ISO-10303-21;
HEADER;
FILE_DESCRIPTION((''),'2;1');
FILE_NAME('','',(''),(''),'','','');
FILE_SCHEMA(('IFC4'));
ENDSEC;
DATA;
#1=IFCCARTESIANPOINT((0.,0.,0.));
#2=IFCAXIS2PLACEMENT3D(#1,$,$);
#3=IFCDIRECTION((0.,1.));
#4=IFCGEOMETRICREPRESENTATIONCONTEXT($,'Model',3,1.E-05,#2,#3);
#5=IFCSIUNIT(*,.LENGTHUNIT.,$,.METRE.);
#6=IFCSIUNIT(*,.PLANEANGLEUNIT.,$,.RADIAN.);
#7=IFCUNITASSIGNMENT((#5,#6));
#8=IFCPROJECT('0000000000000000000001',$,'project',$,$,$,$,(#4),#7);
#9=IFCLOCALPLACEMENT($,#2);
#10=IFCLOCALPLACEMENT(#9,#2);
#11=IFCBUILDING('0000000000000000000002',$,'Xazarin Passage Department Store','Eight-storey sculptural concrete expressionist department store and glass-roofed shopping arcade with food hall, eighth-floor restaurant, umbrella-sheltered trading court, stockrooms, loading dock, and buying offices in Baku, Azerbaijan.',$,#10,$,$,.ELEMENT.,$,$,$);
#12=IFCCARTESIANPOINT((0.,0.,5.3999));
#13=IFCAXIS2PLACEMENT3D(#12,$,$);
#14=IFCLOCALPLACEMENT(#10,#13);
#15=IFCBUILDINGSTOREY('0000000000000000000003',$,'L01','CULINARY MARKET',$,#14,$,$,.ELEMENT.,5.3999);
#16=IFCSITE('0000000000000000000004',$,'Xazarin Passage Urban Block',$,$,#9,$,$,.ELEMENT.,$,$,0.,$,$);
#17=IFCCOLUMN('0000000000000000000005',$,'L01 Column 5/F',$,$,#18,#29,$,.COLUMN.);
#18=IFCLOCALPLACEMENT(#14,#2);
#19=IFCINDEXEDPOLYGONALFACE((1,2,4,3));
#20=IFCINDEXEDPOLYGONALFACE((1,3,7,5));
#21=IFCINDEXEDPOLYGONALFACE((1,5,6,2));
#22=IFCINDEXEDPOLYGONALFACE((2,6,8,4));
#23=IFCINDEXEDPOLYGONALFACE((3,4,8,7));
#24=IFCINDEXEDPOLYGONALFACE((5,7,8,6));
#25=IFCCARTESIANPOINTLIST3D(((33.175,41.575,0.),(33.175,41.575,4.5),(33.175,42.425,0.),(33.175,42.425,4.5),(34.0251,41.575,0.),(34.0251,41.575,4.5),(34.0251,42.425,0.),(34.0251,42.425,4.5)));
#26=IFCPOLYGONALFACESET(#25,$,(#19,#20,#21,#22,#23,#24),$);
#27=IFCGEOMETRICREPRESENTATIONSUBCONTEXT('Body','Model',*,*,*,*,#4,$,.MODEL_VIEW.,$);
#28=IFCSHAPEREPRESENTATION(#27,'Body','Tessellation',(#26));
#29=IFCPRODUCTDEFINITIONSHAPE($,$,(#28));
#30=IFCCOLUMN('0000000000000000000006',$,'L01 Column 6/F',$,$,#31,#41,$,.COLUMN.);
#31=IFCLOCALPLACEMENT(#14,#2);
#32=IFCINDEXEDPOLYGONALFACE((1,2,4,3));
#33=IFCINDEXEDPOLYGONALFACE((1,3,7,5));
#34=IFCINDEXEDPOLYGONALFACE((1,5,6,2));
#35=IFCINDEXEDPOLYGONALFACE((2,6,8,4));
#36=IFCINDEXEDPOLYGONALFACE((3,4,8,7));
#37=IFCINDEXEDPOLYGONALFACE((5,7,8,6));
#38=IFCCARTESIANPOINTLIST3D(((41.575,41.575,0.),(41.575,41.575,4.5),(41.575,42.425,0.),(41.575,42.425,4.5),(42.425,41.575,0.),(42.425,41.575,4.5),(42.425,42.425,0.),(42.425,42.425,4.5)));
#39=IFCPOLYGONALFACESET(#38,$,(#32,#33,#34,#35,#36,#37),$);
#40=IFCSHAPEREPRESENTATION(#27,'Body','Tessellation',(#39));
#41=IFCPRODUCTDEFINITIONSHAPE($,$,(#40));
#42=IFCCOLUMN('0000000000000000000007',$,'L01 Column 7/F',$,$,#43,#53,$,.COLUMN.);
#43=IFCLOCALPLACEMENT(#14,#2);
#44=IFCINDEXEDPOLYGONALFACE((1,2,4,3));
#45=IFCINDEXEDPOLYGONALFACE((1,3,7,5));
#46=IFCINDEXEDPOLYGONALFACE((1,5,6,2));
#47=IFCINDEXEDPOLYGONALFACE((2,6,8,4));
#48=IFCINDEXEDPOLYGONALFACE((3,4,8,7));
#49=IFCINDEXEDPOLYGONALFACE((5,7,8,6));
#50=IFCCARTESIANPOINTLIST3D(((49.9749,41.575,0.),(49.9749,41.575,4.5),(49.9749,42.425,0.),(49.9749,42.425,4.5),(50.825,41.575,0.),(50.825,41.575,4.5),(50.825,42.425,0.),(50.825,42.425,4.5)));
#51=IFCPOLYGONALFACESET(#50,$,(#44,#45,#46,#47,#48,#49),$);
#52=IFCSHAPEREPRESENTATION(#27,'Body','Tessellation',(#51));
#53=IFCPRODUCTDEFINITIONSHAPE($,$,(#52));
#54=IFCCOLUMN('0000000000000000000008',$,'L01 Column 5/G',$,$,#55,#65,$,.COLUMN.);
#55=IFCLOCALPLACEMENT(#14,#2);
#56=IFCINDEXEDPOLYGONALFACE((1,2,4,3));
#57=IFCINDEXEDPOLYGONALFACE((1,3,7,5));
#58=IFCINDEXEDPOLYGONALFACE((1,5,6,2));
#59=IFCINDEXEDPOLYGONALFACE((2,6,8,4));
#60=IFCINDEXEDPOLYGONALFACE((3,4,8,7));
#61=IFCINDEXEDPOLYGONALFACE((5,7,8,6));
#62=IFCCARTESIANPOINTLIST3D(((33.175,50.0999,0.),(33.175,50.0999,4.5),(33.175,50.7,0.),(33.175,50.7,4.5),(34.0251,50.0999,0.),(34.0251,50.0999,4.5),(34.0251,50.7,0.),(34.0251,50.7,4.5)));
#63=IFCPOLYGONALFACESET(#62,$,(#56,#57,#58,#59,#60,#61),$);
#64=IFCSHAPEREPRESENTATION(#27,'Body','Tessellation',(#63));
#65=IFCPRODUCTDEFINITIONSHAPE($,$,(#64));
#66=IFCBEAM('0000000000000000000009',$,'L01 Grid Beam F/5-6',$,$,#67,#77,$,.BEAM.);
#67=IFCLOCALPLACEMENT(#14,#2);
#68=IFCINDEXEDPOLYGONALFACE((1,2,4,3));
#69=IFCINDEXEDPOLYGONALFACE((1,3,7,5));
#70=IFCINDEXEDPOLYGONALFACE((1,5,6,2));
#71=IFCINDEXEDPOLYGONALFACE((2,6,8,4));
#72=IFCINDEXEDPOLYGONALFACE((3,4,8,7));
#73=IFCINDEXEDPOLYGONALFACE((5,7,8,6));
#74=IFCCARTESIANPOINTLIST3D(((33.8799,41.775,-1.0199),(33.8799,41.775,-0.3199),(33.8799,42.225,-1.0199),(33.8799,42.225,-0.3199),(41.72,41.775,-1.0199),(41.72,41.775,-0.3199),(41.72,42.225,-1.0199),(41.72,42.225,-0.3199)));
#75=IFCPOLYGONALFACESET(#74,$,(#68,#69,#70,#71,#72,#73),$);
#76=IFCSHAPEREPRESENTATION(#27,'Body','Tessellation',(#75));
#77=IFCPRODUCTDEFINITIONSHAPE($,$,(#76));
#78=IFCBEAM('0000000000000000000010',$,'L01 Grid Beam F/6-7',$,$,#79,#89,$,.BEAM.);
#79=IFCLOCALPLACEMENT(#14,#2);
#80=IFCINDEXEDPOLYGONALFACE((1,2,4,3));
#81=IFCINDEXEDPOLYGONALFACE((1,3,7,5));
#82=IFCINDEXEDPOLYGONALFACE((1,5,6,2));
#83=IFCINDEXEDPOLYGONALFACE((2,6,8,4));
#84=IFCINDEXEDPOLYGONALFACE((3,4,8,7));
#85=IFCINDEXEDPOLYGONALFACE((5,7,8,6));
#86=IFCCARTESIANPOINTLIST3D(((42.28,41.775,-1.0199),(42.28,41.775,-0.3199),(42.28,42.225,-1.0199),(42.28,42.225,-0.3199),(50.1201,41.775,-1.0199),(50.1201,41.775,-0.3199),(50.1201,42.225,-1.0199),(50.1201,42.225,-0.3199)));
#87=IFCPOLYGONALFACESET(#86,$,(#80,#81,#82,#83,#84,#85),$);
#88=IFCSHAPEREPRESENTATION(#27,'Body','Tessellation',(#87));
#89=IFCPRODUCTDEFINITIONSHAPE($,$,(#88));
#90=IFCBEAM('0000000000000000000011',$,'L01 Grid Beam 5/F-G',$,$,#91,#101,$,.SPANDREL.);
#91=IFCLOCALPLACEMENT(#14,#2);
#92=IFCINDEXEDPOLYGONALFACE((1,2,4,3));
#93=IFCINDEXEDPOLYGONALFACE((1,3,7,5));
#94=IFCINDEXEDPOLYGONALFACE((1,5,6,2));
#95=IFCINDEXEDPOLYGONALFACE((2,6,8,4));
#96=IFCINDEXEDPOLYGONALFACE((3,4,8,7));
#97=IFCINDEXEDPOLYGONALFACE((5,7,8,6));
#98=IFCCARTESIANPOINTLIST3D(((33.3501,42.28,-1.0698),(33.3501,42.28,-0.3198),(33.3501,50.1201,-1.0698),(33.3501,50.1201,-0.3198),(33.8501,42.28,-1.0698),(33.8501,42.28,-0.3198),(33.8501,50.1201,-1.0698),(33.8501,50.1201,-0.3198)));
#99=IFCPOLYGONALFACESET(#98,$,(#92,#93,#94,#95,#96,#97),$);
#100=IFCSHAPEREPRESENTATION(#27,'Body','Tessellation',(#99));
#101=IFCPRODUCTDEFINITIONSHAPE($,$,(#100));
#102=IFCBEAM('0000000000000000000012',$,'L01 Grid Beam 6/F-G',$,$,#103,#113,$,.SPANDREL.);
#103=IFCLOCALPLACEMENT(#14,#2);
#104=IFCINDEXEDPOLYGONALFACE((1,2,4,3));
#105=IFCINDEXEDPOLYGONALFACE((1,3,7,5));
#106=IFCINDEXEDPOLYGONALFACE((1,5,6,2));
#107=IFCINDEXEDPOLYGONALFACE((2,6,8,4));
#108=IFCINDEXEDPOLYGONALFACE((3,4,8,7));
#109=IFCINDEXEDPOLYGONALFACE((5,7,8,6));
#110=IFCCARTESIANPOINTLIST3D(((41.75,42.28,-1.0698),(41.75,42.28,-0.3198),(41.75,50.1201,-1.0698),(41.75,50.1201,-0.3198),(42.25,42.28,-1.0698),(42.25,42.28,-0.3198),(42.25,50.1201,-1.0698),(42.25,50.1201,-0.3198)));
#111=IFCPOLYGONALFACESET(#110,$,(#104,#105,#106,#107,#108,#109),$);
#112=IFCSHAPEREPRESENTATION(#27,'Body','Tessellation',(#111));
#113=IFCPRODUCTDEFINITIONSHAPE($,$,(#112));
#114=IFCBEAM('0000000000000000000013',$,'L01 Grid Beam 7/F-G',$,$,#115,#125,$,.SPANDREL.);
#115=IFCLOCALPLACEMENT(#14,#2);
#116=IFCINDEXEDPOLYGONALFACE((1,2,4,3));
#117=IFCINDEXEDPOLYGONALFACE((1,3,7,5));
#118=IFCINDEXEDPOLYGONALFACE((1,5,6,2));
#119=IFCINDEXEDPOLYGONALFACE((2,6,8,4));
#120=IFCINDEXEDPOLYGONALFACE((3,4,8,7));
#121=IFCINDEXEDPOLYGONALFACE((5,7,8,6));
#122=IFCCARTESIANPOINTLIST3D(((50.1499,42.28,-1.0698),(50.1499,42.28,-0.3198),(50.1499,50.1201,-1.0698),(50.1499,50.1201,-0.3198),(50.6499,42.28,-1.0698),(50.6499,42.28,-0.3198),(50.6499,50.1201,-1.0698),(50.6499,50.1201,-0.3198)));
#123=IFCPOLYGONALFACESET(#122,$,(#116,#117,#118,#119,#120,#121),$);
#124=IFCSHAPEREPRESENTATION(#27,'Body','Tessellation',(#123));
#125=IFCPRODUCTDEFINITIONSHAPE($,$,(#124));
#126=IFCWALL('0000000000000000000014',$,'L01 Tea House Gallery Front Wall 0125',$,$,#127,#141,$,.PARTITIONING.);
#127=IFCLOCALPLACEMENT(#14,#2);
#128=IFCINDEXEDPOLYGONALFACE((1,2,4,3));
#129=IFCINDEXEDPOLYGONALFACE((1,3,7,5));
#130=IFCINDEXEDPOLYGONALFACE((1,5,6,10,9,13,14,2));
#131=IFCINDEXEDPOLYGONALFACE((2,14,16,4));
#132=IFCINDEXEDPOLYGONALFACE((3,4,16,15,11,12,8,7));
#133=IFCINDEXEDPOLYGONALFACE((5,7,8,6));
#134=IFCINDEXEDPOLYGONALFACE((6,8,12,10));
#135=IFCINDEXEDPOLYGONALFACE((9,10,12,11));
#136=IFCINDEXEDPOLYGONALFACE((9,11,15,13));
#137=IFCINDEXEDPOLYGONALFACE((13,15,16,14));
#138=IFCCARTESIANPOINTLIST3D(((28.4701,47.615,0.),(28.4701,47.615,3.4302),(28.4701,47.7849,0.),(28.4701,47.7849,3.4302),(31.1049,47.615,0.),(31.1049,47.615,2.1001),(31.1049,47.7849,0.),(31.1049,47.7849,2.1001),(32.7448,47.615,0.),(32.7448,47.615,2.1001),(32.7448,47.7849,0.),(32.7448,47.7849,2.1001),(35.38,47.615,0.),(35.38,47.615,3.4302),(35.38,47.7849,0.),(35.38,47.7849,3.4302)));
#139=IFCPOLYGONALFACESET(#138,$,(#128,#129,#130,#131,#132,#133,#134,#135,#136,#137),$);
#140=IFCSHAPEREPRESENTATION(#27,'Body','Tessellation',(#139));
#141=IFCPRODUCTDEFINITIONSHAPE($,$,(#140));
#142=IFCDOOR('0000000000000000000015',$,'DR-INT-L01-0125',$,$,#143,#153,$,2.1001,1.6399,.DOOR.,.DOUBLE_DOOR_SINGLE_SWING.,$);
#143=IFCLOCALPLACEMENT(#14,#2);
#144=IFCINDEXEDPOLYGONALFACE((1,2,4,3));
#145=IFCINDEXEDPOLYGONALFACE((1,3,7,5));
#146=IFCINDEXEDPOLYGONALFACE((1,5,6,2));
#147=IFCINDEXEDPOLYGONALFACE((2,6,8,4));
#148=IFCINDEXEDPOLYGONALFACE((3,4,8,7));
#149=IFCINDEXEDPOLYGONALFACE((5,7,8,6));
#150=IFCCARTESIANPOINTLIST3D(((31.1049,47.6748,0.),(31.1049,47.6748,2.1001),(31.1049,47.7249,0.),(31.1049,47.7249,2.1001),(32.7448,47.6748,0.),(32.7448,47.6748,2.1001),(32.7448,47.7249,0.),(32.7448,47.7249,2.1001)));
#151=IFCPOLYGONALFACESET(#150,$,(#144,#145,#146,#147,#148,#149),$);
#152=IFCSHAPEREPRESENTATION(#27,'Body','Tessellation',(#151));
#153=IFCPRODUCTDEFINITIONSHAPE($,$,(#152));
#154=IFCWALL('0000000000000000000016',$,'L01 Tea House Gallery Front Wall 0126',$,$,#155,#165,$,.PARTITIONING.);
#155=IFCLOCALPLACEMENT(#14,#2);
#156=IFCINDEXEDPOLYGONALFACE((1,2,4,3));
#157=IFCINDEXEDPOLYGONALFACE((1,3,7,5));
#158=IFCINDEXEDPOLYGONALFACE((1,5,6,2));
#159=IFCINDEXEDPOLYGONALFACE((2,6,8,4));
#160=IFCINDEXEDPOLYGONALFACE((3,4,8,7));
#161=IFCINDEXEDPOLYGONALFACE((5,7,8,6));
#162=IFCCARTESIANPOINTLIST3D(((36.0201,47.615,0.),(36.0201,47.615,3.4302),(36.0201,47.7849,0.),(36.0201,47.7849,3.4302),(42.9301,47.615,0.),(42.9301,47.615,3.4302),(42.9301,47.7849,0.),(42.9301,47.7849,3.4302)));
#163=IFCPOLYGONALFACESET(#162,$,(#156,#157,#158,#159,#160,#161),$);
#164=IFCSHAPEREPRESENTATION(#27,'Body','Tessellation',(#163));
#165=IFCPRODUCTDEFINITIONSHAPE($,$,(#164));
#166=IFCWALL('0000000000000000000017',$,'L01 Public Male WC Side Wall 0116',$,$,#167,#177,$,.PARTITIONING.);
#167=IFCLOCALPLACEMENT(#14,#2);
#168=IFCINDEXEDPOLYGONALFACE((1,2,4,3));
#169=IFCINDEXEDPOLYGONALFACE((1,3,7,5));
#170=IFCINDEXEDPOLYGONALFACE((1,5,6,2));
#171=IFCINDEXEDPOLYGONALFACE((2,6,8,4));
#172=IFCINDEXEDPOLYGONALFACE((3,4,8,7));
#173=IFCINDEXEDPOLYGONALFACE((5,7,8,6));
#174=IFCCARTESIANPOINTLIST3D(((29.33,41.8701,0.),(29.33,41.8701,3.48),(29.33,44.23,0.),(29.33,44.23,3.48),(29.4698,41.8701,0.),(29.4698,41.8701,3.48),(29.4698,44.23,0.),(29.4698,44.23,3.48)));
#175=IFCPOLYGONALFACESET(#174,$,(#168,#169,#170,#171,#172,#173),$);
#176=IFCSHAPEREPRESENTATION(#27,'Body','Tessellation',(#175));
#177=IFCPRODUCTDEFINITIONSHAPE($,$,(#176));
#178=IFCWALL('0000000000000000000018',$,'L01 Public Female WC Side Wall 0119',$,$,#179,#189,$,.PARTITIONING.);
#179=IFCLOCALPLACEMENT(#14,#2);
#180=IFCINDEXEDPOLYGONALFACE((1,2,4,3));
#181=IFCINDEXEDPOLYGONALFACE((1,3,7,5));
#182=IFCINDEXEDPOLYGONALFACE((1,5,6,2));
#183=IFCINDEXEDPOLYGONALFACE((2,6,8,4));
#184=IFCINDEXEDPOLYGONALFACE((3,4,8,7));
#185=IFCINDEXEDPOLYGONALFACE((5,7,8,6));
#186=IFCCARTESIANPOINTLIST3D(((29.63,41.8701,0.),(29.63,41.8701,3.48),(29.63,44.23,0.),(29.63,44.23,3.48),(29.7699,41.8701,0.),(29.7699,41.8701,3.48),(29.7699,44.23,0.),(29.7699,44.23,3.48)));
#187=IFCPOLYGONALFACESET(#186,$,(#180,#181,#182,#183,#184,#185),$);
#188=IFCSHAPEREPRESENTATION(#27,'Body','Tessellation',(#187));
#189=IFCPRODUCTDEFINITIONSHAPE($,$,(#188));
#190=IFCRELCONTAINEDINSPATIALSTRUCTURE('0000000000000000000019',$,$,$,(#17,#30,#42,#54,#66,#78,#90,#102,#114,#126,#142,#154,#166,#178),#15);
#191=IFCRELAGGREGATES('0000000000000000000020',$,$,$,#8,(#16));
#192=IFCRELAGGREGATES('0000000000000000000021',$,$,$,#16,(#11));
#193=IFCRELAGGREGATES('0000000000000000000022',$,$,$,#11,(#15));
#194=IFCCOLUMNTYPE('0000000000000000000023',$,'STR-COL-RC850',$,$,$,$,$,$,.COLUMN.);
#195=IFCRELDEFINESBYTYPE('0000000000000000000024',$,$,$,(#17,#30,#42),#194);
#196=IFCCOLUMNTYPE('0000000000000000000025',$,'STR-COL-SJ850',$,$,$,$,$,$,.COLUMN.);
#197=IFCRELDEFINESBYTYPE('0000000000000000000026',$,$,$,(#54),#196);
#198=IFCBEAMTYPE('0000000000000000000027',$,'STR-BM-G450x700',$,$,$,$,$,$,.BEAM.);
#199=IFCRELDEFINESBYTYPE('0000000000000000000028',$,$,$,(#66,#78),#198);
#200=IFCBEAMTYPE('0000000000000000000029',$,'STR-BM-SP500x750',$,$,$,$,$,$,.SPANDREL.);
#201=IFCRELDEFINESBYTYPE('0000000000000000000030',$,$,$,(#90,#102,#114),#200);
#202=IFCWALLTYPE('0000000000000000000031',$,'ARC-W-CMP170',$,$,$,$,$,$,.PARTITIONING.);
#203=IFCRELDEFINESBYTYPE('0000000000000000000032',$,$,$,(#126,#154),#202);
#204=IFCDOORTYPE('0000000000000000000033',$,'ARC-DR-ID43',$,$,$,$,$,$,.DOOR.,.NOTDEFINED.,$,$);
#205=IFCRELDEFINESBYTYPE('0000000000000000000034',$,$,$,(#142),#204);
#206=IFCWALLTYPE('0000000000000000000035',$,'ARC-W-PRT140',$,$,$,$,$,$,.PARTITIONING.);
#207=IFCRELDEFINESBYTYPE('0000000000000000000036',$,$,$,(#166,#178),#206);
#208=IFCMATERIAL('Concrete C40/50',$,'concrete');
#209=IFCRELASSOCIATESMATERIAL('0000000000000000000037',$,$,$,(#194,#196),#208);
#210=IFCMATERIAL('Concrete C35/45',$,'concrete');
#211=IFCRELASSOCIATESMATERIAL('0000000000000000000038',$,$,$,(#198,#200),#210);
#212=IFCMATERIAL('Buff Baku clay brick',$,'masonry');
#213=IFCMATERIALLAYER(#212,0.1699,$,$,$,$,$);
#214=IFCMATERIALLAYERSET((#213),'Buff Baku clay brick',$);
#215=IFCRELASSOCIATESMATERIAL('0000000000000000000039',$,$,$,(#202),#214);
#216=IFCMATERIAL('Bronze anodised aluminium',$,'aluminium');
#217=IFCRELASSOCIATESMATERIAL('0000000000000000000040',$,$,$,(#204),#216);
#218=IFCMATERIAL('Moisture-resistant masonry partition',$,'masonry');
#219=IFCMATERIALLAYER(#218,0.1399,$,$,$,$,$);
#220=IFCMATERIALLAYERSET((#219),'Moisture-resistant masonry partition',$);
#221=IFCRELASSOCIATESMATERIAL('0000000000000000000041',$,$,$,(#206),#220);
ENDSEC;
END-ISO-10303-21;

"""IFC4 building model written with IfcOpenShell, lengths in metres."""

from ifc_helpers import new_model, si_unit, direction, frame, frame_2d, origin, origin_2d, place, context, subcontext, project, spatial, rectangle, extrude, material, layer, layer_set, material_profile, profile_set, type_object, element, fill, save


model = new_model("IFC4")

# Units and contexts
model_context = context("Model", 3, precision=1e-05, world=origin(), true_north=direction((0.0, 1.0)))
body_context = subcontext(model_context, "Body", "Model", "MODEL_VIEW")
ifc_project = project(units=[si_unit("LENGTHUNIT", "METRE"), si_unit("PLANEANGLEUNIT", "RADIAN")], contexts=[model_context])

# Site, building, storey
site_placement = place(None, origin())
site = spatial("IfcSite", under=ifc_project, at=site_placement, Name="Xazarin Passage Urban Block", CompositionType="ELEMENT", RefElevation=0.0)
building_placement = place(site_placement, origin())
building = spatial("IfcBuilding", under=site, at=building_placement, Name="Xazarin Passage Department Store", Description="Eight-storey sculptural concrete expressionist department store and glass-roofed shopping arcade with food hall, eighth-floor restaurant, umbrella-sheltered trading court, stockrooms, loading dock, and buying offices in Baku, Azerbaijan.", CompositionType="ELEMENT")
storey_placement = place(building_placement, frame((0.0, 0.0, 5.3999)))
storey = spatial("IfcBuildingStorey", under=building, at=storey_placement, Name="L01", Description="CULINARY MARKET", CompositionType="ELEMENT", Elevation=5.3999)

# Columns
ifc_material_1 = material(Name="Concrete C40/50", Category="concrete")
ifc_material_profile_1 = material_profile(ifc_material_1, rectangle(XDim=0.8501, YDim=0.8501, at=origin_2d()), Name="RC 850x850")
ifc_profile_set_1 = profile_set([ifc_material_profile_1], Name="Concrete C40/50")
column_type_1 = type_object("IfcColumnType", Name="STR-COL-RC850", PredefinedType="COLUMN", material=ifc_profile_set_1)
for number, where, z_axis, x_axis, name in (
    (1, (33.6001, 42.0, 0.0), (0.0, 0.0, 1.0), (1.0, 0.0, 0.0), "L01 Column 5/F"),
    (2, (42.0, 42.0, 0.0), (0.0, 0.0, 1.0), (1.0, 0.0, 0.0), "L01 Column 6/F"),
    (3, (50.3999, 42.0, 0.0), (0.0, 0.0, 1.0), (1.0, 0.0, 0.0), "L01 Column 7/F"),
):
    element("IfcColumn", number, at=place(storey_placement, frame(where, z_axis=z_axis, x_axis=x_axis)), inside=storey, type_object=column_type_1, Name=name, PredefinedType="COLUMN", context=body_context, shape_type="SweptSolid", body=[
        extrude(rectangle(XDim=0.8501, YDim=0.8501, at=origin_2d()), origin(), (0.0, 0.0, 1.0), 4.5),
    ])
ifc_material_profile_2 = material_profile(ifc_material_1, rectangle(XDim=0.6001, YDim=0.8501, at=origin_2d()), Name="RC 600x850")
ifc_profile_set_2 = profile_set([ifc_material_profile_2], Name="Concrete C40/50")
column_type_2 = type_object("IfcColumnType", Name="STR-COL-SJ850", PredefinedType="COLUMN", material=ifc_profile_set_2)
column_placement = place(storey_placement, frame((33.6001, 50.3999, 0.0), z_axis=(0.0, 0.0, 1.0), x_axis=(0.0, 1.0, 0.0)))
element("IfcColumn", 4, at=column_placement, inside=storey, type_object=column_type_2, Name="L01 Column 5/G", PredefinedType="COLUMN", context=body_context, shape_type="SweptSolid", body=[
    extrude(rectangle(XDim=0.6001, YDim=0.8501, at=origin_2d()), origin(), (0.0, 0.0, 1.0), 4.5),
])

# Beams
ifc_material_2 = material(Name="Concrete C35/45", Category="concrete")
ifc_material_profile_3 = material_profile(ifc_material_2, rectangle(XDim=0.45, YDim=0.7, at=origin_2d()), Name="RC 450x700")
ifc_profile_set_3 = profile_set([ifc_material_profile_3], Name="Concrete C35/45")
beam_type_1 = type_object("IfcBeamType", Name="STR-BM-G450x700", PredefinedType="BEAM", material=ifc_profile_set_3)
for number, where, z_axis, x_axis, name in (
    (5, (33.8799, 42.0, -0.6699), (1.0, 0.0, 0.0), (0.0, 1.0, 0.0), "L01 Grid Beam F/5-6"),
    (6, (42.28, 42.0, -0.6699), (1.0, 0.0, 0.0), (0.0, 1.0, 0.0), "L01 Grid Beam F/6-7"),
):
    element("IfcBeam", number, at=place(storey_placement, frame(where, z_axis=z_axis, x_axis=x_axis)), inside=storey, type_object=beam_type_1, Name=name, PredefinedType="BEAM", context=body_context, shape_type="SweptSolid", body=[
        extrude(rectangle(XDim=0.45, YDim=0.7, at=origin_2d()), origin(), (0.0, 0.0, 1.0), 7.8401),
    ])
ifc_material_profile_4 = material_profile(ifc_material_2, rectangle(XDim=0.5, YDim=0.75, at=origin_2d()), Name="RC 500x750")
ifc_profile_set_4 = profile_set([ifc_material_profile_4], Name="Concrete C35/45")
beam_type_2 = type_object("IfcBeamType", Name="STR-BM-SP500x750", PredefinedType="SPANDREL", material=ifc_profile_set_4)
for number, where, z_axis, x_axis, name in (
    (7, (33.6001, 42.28, -0.6948), (0.0, 1.0, 0.0), (-1.0, 0.0, 0.0), "L01 Grid Beam 5/F-G"),
    (8, (42.0, 42.28, -0.6948), (0.0, 1.0, 0.0), (-1.0, 0.0, 0.0), "L01 Grid Beam 6/F-G"),
    (9, (50.3999, 42.28, -0.6948), (0.0, 1.0, 0.0), (-1.0, 0.0, 0.0), "L01 Grid Beam 7/F-G"),
):
    element("IfcBeam", number, at=place(storey_placement, frame(where, z_axis=z_axis, x_axis=x_axis)), inside=storey, type_object=beam_type_2, Name=name, PredefinedType="SPANDREL", context=body_context, shape_type="SweptSolid", body=[
        extrude(rectangle(XDim=0.5, YDim=0.75, at=origin_2d()), origin(), (0.0, 0.0, 1.0), 7.8401),
    ])

# Wall, opening, door
ifc_material_3 = material(Name="Buff Baku clay brick", Category="masonry")
ifc_layer_1 = layer(ifc_material_3, 0.1699)
ifc_layer_set_1 = layer_set([ifc_layer_1], Name="Buff Baku clay brick")
wall_type_1 = type_object("IfcWallType", Name="ARC-W-CMP170", PredefinedType="PARTITIONING", material=ifc_layer_set_1)
wall_1_placement = place(storey_placement, frame((28.47, 47.7, 0.0), z_axis=(0.0, 0.0, 1.0), x_axis=(1.0, 0.0, 0.0)))
wall_1 = element("IfcWall", 10, at=wall_1_placement, inside=storey, type_object=wall_type_1, Name="L01 Tea House Gallery Front Wall 0125", PredefinedType="PARTITIONING", context=body_context, shape_type="SweptSolid", body=[
    extrude(rectangle(XDim=6.9099, YDim=0.1699, at=frame_2d((3.4551, 0.0))), origin(), (0.0, 0.0, 1.0), 3.4302),
])
opening_1_placement = place(wall_1_placement, frame((2.635, 0.0, 0.0)))
opening_1 = element("IfcOpeningElement", 11, at=opening_1_placement, cuts=wall_1, PredefinedType="OPENING", context=body_context, shape_type="SweptSolid", body=[
    extrude(rectangle(XDim=1.6399, YDim=2.1001, at=frame_2d((0.8198, 1.05))), frame((0.0, 0.095, 0.0), z_axis=(0.0, -1.0, 0.0), x_axis=(1.0, 0.0, 0.0)), (0.0, 0.0, 1.0), 0.1899),
])
ifc_material_4 = material(Name="Bronze anodised aluminium", Category="aluminium")
door_type_1 = type_object("IfcDoorType", Name="ARC-DR-ID43", OperationType="NOTDEFINED", PredefinedType="DOOR", material=ifc_material_4)
door_1_placement = place(opening_1_placement, origin())
door_1 = element("IfcDoor", 12, at=door_1_placement, inside=storey, type_object=door_type_1, Name="DR-INT-L01-0125", OperationType="DOUBLE_DOOR_SINGLE_SWING", OverallHeight=2.1001, OverallWidth=1.6399, PredefinedType="DOOR", context=body_context, shape_type="SweptSolid", body=[
    extrude(rectangle(XDim=1.6399, YDim=2.1001, at=frame_2d((0.8198, 1.05))), frame((0.0, 0.0249, 0.0), z_axis=(0.0, -1.0, 0.0), x_axis=(1.0, 0.0, 0.0)), (0.0, 0.0, 1.0), 0.05),
])
fill(opening_1, door_1)

# Walls
wall_2_placement = place(storey_placement, frame((36.02, 47.7, 0.0), z_axis=(0.0, 0.0, 1.0), x_axis=(1.0, 0.0, 0.0)))
element("IfcWall", 13, at=wall_2_placement, inside=storey, type_object=wall_type_1, Name="L01 Tea House Gallery Front Wall 0126", PredefinedType="PARTITIONING", context=body_context, shape_type="SweptSolid", body=[
    extrude(rectangle(XDim=6.9099, YDim=0.1699, at=frame_2d((3.4551, 0.0))), origin(), (0.0, 0.0, 1.0), 3.4302),
])
ifc_material_5 = material(Name="Moisture-resistant masonry partition", Category="masonry")
ifc_layer_2 = layer(ifc_material_5, 0.1399)
ifc_layer_set_2 = layer_set([ifc_layer_2], Name="Moisture-resistant masonry partition")
wall_type_2 = type_object("IfcWallType", Name="ARC-W-PRT140", PredefinedType="PARTITIONING", material=ifc_layer_set_2)
wall_3_placement = place(storey_placement, frame((29.3999, 41.8701, 0.0), z_axis=(0.0, 0.0, 1.0), x_axis=(0.0, 1.0, 0.0)))
element("IfcWall", 14, at=wall_3_placement, inside=storey, type_object=wall_type_2, Name="L01 Public Male WC Side Wall 0116", PredefinedType="PARTITIONING", context=body_context, shape_type="SweptSolid", body=[
    extrude(rectangle(XDim=2.3599, YDim=0.1399, at=frame_2d((1.1799, 0.0))), origin(), (0.0, 0.0, 1.0), 3.48),
])

# Wall
for number, where, z_axis, x_axis, name in (
    (15, (29.7, 41.8701, 0.0), (0.0, 0.0, 1.0), (0.0, 1.0, 0.0), "L01 Public Female WC Side Wall 0119"),
):
    element("IfcWall", number, at=place(storey_placement, frame(where, z_axis=z_axis, x_axis=x_axis)), inside=storey, type_object=wall_type_2, Name=name, PredefinedType="PARTITIONING", context=body_context, shape_type="SweptSolid", body=[
        extrude(rectangle(XDim=2.3599, YDim=0.1399, at=frame_2d((1.1799, 0.0))), origin(), (0.0, 0.0, 1.0), 3.48),
    ])

save(model, "model.ifc")
